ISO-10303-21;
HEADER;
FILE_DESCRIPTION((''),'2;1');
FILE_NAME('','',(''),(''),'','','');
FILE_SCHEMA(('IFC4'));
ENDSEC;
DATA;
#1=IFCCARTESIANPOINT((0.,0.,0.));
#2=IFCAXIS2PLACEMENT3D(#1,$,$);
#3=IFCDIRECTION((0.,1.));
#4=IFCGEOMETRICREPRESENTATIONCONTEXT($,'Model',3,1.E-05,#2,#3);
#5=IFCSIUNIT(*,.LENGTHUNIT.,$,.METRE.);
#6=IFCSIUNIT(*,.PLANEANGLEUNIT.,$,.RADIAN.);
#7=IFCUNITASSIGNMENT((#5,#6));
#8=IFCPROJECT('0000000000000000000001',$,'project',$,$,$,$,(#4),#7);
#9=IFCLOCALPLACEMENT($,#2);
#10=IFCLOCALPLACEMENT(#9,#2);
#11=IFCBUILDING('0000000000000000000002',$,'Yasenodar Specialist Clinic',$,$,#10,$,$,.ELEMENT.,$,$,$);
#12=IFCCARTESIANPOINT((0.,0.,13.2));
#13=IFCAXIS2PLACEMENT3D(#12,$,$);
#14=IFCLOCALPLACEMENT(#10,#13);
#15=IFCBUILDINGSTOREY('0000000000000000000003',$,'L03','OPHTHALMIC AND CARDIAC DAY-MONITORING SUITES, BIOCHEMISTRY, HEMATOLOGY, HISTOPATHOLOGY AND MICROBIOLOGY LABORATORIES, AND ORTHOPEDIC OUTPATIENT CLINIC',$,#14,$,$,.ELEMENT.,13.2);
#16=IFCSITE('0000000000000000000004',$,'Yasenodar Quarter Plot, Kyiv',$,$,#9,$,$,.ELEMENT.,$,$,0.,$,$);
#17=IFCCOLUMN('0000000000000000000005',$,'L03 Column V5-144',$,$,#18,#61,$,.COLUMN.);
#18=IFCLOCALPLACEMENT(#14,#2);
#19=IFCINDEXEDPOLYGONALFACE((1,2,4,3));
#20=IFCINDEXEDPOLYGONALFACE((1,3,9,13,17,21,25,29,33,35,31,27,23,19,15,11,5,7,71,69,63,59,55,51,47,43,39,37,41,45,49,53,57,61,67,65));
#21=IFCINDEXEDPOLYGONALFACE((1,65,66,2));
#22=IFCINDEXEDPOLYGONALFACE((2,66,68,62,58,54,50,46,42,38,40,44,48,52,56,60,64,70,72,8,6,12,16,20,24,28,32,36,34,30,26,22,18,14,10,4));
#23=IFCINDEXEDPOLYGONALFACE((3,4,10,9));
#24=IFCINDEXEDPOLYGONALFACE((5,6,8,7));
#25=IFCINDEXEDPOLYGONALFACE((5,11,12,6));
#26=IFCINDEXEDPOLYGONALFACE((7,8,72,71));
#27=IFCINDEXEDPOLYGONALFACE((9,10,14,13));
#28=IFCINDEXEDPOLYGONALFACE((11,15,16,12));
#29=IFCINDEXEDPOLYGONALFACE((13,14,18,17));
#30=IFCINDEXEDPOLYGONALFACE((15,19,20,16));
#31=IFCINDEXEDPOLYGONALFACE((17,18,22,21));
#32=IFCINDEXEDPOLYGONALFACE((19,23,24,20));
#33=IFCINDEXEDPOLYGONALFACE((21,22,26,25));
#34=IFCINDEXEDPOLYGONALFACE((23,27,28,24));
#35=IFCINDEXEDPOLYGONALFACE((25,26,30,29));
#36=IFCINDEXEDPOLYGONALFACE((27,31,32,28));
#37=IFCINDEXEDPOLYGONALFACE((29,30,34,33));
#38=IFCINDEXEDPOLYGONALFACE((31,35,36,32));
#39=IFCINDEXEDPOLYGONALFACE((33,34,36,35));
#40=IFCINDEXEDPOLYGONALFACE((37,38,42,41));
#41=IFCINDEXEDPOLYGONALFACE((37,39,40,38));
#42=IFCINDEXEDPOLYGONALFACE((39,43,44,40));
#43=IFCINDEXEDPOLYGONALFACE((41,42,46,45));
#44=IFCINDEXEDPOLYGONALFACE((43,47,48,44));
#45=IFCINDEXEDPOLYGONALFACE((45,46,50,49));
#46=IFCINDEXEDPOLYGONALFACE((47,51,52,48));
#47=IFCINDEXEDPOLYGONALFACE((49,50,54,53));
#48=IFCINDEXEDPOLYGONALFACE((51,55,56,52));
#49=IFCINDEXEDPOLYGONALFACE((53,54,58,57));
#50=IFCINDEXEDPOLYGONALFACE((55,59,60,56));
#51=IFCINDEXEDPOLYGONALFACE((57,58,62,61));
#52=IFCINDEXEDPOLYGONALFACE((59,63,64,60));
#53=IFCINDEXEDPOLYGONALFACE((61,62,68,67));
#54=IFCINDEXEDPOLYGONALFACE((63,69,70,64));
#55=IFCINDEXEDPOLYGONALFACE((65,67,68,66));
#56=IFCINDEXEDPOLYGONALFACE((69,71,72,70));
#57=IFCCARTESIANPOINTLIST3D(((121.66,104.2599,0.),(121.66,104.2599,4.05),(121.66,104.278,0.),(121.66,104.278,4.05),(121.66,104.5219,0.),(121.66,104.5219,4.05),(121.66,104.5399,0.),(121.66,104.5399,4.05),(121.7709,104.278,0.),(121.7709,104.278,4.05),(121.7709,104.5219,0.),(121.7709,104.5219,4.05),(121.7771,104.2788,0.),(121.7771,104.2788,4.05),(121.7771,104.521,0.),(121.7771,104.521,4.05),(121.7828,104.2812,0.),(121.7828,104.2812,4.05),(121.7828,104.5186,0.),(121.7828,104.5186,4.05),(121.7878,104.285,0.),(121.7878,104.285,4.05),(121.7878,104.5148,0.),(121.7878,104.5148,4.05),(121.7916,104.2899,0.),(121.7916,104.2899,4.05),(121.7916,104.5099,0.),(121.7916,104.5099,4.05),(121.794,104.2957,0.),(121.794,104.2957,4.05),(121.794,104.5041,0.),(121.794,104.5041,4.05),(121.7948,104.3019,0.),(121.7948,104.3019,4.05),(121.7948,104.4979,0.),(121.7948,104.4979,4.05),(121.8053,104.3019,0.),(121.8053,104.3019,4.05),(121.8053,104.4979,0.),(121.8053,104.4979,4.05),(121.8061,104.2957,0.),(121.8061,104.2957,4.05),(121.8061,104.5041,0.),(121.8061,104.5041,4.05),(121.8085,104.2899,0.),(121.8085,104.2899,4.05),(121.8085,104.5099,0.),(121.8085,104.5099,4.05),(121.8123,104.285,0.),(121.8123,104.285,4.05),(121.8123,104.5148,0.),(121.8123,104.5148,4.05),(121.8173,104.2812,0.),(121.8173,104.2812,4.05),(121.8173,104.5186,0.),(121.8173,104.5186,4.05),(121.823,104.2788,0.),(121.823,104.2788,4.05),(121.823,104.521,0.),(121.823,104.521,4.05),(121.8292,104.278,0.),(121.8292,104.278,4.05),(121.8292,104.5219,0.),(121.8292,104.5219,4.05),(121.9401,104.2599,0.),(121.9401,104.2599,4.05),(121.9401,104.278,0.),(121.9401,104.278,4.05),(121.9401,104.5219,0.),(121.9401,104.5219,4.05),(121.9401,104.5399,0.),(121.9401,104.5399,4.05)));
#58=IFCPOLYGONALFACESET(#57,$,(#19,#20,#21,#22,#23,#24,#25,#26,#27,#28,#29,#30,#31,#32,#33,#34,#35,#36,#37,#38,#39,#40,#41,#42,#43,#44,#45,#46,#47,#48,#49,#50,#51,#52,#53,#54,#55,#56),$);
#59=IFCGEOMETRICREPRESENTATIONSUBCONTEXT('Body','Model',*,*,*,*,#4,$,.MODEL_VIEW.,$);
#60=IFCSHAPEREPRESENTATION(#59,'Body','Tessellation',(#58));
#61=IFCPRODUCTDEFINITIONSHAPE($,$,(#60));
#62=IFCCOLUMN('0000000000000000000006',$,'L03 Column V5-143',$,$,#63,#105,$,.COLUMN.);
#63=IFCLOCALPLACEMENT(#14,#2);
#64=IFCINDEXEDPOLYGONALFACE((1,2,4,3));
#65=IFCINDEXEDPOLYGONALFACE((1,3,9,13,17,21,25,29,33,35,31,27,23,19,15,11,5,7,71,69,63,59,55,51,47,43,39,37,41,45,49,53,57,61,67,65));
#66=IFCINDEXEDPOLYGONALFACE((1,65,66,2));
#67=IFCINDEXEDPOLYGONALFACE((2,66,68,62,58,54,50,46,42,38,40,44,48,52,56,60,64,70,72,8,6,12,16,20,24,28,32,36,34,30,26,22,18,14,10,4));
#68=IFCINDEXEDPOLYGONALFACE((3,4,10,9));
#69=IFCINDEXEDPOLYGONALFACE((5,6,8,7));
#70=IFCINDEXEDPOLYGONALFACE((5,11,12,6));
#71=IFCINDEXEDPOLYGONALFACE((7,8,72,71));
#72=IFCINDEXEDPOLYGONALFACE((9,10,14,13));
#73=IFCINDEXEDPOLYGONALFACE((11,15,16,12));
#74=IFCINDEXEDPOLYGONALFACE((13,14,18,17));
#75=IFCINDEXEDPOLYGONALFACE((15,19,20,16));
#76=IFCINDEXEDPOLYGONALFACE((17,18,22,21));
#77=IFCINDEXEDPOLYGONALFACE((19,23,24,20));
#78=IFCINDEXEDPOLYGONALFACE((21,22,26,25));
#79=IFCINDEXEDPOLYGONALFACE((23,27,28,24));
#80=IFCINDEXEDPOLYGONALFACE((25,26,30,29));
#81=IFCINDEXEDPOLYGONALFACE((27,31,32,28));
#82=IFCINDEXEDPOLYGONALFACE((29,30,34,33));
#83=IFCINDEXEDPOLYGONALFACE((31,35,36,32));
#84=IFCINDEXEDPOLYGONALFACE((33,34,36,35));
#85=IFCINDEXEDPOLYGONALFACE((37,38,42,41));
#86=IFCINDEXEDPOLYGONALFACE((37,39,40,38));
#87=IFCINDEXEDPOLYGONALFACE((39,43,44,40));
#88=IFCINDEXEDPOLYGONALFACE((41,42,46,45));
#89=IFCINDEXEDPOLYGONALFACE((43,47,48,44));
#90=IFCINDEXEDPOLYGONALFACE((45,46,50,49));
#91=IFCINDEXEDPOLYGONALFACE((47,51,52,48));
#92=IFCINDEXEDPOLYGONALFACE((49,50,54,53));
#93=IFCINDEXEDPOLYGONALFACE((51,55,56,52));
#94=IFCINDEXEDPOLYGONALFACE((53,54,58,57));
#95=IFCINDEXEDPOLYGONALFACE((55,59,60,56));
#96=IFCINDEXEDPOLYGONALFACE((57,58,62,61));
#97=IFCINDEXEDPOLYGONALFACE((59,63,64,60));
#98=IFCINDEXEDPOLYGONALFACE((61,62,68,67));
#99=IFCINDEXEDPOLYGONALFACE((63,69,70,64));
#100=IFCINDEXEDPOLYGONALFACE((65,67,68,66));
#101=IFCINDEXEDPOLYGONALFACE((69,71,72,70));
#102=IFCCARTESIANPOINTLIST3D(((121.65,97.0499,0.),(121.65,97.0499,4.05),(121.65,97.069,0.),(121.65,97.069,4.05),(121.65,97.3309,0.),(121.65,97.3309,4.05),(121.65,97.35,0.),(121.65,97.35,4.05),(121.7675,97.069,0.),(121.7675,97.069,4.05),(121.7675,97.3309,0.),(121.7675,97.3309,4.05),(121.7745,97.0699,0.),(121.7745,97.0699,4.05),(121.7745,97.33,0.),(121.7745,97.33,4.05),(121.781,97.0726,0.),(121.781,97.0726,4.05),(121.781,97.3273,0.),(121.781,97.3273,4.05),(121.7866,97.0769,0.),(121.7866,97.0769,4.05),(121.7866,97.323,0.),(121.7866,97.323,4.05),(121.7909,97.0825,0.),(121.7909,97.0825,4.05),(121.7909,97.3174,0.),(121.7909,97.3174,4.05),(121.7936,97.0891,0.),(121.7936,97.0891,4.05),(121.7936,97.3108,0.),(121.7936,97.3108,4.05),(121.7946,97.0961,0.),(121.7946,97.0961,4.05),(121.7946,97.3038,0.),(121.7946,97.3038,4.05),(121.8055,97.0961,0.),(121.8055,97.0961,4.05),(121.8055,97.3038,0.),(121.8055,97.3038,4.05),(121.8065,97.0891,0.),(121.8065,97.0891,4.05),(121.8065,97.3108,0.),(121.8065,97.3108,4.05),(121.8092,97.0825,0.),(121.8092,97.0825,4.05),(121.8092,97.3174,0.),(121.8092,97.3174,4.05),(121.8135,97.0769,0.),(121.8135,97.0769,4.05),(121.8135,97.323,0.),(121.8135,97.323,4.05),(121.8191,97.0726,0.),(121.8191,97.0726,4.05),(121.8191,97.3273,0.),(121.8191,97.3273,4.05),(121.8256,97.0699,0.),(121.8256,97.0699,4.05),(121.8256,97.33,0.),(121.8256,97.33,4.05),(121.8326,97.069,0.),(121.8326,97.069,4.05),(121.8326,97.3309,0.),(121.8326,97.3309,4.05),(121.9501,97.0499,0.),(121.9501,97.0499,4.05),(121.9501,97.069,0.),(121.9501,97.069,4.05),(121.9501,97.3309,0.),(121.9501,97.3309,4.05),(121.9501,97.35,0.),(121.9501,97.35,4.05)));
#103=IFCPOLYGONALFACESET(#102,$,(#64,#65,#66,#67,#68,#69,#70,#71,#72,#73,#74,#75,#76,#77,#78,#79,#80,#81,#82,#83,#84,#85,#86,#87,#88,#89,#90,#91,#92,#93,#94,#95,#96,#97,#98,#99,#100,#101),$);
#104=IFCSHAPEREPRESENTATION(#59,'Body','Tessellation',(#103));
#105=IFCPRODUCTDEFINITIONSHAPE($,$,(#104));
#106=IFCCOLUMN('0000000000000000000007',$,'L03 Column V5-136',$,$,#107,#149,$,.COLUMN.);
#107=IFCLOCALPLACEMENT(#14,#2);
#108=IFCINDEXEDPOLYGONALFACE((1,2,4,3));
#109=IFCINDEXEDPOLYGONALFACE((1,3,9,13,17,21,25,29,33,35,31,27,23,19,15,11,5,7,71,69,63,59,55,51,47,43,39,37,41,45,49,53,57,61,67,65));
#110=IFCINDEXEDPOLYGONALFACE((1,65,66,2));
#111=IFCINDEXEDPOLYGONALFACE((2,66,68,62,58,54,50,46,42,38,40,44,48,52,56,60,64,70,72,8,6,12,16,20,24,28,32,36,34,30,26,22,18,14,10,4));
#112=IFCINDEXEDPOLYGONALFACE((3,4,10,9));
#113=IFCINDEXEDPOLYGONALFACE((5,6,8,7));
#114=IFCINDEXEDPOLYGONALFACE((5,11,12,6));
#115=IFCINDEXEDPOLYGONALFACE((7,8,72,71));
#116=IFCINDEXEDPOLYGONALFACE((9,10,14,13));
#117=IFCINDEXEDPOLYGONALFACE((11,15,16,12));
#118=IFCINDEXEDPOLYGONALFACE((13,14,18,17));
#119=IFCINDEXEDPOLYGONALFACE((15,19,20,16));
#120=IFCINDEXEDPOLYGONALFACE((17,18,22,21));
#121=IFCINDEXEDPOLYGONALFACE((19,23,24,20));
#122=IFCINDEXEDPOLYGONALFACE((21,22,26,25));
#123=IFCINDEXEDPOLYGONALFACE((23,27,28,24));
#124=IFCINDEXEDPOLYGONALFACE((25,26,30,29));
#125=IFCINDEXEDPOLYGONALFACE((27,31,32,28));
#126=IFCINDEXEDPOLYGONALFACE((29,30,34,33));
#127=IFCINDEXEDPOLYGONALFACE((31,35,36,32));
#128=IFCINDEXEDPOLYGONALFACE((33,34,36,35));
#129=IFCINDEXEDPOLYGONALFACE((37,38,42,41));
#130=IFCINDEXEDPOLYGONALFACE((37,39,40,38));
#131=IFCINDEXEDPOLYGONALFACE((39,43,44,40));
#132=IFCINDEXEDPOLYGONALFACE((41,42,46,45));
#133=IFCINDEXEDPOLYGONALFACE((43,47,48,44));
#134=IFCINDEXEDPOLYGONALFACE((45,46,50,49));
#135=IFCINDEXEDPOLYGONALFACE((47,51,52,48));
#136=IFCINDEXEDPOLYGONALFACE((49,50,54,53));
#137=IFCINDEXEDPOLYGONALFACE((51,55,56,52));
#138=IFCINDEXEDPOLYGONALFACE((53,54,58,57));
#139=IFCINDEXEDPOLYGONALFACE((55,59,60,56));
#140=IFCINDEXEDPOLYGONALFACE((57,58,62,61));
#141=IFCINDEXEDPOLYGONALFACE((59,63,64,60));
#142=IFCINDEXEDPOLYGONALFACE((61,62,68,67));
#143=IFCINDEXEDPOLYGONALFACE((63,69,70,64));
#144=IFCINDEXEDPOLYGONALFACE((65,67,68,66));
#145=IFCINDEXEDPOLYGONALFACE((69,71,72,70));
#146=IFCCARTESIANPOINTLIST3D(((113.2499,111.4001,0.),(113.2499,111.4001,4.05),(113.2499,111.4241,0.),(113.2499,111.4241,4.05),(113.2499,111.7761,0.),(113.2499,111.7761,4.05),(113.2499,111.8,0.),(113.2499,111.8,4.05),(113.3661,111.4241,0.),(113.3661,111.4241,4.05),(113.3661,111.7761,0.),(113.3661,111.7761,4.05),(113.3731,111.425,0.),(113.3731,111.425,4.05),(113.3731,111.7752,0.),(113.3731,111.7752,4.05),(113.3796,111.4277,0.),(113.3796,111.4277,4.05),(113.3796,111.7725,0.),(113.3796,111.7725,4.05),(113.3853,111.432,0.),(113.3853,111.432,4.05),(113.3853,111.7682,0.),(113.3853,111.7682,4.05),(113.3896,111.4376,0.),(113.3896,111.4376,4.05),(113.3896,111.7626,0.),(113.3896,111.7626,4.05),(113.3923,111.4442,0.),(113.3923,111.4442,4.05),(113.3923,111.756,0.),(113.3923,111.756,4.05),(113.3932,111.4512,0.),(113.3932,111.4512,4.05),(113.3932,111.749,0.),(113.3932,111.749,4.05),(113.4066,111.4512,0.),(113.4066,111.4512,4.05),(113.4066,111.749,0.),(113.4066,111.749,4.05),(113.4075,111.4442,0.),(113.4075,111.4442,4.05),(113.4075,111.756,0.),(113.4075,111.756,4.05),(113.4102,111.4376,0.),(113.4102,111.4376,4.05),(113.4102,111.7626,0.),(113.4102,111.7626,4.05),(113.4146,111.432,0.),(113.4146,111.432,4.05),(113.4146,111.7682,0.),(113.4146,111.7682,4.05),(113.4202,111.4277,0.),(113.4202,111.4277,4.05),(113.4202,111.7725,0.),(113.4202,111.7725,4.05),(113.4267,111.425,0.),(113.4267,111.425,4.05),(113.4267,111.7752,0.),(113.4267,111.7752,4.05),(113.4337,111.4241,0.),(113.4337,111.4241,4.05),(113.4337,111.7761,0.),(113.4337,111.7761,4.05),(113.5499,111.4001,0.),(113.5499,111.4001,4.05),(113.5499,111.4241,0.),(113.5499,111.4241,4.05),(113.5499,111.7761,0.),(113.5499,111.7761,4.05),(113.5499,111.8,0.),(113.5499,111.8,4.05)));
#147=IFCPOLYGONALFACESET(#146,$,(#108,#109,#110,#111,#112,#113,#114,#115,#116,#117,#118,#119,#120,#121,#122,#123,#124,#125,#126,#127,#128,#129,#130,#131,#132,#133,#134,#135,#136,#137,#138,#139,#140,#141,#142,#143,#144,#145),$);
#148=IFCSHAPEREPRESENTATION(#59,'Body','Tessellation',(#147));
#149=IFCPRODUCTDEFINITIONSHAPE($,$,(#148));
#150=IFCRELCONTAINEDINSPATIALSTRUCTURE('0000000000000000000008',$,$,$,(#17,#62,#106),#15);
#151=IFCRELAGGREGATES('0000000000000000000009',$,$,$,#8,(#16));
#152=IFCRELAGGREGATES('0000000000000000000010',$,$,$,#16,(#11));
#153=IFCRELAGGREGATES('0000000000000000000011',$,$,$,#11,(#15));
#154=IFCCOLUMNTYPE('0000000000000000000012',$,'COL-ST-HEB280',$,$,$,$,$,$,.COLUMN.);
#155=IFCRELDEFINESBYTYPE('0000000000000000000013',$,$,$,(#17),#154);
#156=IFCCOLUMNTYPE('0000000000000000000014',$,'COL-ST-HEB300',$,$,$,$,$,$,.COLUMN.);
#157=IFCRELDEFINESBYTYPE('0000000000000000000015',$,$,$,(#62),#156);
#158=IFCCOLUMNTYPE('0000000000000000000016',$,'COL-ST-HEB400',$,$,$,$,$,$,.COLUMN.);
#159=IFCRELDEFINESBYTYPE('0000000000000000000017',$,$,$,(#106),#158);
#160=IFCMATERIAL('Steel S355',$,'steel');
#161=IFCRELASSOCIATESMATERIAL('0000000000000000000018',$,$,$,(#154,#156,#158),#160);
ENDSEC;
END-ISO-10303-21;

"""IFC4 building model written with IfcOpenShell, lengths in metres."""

from ifc_helpers import new_model, si_unit, direction, frame, origin, origin_2d, place, context, subcontext, project, spatial, i_section, extrude, material, material_profile, profile_set, type_object, element, save


model = new_model("IFC4")

# Units and contexts
model_context = context("Model", 3, precision=1e-05, world=origin(), true_north=direction((0.0, 1.0)))
body_context = subcontext(model_context, "Body", "Model", "MODEL_VIEW")
ifc_project = project(units=[si_unit("LENGTHUNIT", "METRE"), si_unit("PLANEANGLEUNIT", "RADIAN")], contexts=[model_context])

# Site, building, storey
site_placement = place(None, origin())
site = spatial("IfcSite", under=ifc_project, at=site_placement, Name="Yasenodar Quarter Plot, Kyiv", CompositionType="ELEMENT", RefElevation=0.0)
building_placement = place(site_placement, origin())
building = spatial("IfcBuilding", under=site, at=building_placement, Name="Yasenodar Specialist Clinic", CompositionType="ELEMENT")
storey_placement = place(building_placement, frame((0.0, 0.0, 13.2)))
storey = spatial("IfcBuildingStorey", under=building, at=storey_placement, Name="L03", Description="OPHTHALMIC AND CARDIAC DAY-MONITORING SUITES, BIOCHEMISTRY, HEMATOLOGY, HISTOPATHOLOGY AND MICROBIOLOGY LABORATORIES, AND ORTHOPEDIC OUTPATIENT CLINIC", CompositionType="ELEMENT", Elevation=13.2)

# Columns
ifc_material_1 = material(Name="Steel S355", Category="steel")
ifc_material_profile_1 = material_profile(ifc_material_1, i_section(OverallWidth=0.28, OverallDepth=0.28, WebThickness=0.0105, FlangeThickness=0.0181, FilletRadius=0.0239, at=origin_2d()), Name="HEB 280")
ifc_profile_set_1 = profile_set([ifc_material_profile_1], Name="Steel S355")
column_type_1 = type_object("IfcColumnType", Name="COL-ST-HEB280", PredefinedType="COLUMN", material=ifc_profile_set_1)
column_1_placement = place(storey_placement, frame((121.8, 104.3999, 0.0), z_axis=(0.0, 0.0, 1.0), x_axis=(1.0, 0.0, 0.0)))
element("IfcColumn", 1, at=column_1_placement, inside=storey, type_object=column_type_1, Name="L03 Column V5-144", PredefinedType="COLUMN", context=body_context, shape_type="SweptSolid", body=[
    extrude(i_section(OverallWidth=0.28, OverallDepth=0.28, WebThickness=0.0105, FlangeThickness=0.0181, FilletRadius=0.0239, at=origin_2d()), origin(), (0.0, 0.0, 1.0), 4.05),
])
ifc_material_profile_2 = material_profile(ifc_material_1, i_section(OverallWidth=0.3, OverallDepth=0.3, WebThickness=0.011, FlangeThickness=0.019, FilletRadius=0.0271, at=origin_2d()), Name="HEB 300")
ifc_profile_set_2 = profile_set([ifc_material_profile_2], Name="Steel S355")
column_type_2 = type_object("IfcColumnType", Name="COL-ST-HEB300", PredefinedType="COLUMN", material=ifc_profile_set_2)
column_2_placement = place(storey_placement, frame((121.8, 97.2, 0.0), z_axis=(0.0, 0.0, 1.0), x_axis=(1.0, 0.0, 0.0)))
element("IfcColumn", 2, at=column_2_placement, inside=storey, type_object=column_type_2, Name="L03 Column V5-143", PredefinedType="COLUMN", context=body_context, shape_type="SweptSolid", body=[
    extrude(i_section(OverallWidth=0.3, OverallDepth=0.3, WebThickness=0.011, FlangeThickness=0.019, FilletRadius=0.0271, at=origin_2d()), origin(), (0.0, 0.0, 1.0), 4.05),
])
ifc_material_profile_3 = material_profile(ifc_material_1, i_section(OverallWidth=0.3, OverallDepth=0.3999, WebThickness=0.0134, FlangeThickness=0.0239, FilletRadius=0.0271, at=origin_2d()), Name="HEB 400")
ifc_profile_set_3 = profile_set([ifc_material_profile_3], Name="Steel S355")
column_type_3 = type_object("IfcColumnType", Name="COL-ST-HEB400", PredefinedType="COLUMN", material=ifc_profile_set_3)
column_3_placement = place(storey_placement, frame((113.3999, 111.6001, 0.0), z_axis=(0.0, 0.0, 1.0), x_axis=(1.0, 0.0, 0.0)))
element("IfcColumn", 3, at=column_3_placement, inside=storey, type_object=column_type_3, Name="L03 Column V5-136", PredefinedType="COLUMN", context=body_context, shape_type="SweptSolid", body=[
    extrude(i_section(OverallWidth=0.3, OverallDepth=0.3999, WebThickness=0.0134, FlangeThickness=0.0239, FilletRadius=0.0271, at=origin_2d()), origin(), (0.0, 0.0, 1.0), 4.05),
])

save(model, "model.ifc")
